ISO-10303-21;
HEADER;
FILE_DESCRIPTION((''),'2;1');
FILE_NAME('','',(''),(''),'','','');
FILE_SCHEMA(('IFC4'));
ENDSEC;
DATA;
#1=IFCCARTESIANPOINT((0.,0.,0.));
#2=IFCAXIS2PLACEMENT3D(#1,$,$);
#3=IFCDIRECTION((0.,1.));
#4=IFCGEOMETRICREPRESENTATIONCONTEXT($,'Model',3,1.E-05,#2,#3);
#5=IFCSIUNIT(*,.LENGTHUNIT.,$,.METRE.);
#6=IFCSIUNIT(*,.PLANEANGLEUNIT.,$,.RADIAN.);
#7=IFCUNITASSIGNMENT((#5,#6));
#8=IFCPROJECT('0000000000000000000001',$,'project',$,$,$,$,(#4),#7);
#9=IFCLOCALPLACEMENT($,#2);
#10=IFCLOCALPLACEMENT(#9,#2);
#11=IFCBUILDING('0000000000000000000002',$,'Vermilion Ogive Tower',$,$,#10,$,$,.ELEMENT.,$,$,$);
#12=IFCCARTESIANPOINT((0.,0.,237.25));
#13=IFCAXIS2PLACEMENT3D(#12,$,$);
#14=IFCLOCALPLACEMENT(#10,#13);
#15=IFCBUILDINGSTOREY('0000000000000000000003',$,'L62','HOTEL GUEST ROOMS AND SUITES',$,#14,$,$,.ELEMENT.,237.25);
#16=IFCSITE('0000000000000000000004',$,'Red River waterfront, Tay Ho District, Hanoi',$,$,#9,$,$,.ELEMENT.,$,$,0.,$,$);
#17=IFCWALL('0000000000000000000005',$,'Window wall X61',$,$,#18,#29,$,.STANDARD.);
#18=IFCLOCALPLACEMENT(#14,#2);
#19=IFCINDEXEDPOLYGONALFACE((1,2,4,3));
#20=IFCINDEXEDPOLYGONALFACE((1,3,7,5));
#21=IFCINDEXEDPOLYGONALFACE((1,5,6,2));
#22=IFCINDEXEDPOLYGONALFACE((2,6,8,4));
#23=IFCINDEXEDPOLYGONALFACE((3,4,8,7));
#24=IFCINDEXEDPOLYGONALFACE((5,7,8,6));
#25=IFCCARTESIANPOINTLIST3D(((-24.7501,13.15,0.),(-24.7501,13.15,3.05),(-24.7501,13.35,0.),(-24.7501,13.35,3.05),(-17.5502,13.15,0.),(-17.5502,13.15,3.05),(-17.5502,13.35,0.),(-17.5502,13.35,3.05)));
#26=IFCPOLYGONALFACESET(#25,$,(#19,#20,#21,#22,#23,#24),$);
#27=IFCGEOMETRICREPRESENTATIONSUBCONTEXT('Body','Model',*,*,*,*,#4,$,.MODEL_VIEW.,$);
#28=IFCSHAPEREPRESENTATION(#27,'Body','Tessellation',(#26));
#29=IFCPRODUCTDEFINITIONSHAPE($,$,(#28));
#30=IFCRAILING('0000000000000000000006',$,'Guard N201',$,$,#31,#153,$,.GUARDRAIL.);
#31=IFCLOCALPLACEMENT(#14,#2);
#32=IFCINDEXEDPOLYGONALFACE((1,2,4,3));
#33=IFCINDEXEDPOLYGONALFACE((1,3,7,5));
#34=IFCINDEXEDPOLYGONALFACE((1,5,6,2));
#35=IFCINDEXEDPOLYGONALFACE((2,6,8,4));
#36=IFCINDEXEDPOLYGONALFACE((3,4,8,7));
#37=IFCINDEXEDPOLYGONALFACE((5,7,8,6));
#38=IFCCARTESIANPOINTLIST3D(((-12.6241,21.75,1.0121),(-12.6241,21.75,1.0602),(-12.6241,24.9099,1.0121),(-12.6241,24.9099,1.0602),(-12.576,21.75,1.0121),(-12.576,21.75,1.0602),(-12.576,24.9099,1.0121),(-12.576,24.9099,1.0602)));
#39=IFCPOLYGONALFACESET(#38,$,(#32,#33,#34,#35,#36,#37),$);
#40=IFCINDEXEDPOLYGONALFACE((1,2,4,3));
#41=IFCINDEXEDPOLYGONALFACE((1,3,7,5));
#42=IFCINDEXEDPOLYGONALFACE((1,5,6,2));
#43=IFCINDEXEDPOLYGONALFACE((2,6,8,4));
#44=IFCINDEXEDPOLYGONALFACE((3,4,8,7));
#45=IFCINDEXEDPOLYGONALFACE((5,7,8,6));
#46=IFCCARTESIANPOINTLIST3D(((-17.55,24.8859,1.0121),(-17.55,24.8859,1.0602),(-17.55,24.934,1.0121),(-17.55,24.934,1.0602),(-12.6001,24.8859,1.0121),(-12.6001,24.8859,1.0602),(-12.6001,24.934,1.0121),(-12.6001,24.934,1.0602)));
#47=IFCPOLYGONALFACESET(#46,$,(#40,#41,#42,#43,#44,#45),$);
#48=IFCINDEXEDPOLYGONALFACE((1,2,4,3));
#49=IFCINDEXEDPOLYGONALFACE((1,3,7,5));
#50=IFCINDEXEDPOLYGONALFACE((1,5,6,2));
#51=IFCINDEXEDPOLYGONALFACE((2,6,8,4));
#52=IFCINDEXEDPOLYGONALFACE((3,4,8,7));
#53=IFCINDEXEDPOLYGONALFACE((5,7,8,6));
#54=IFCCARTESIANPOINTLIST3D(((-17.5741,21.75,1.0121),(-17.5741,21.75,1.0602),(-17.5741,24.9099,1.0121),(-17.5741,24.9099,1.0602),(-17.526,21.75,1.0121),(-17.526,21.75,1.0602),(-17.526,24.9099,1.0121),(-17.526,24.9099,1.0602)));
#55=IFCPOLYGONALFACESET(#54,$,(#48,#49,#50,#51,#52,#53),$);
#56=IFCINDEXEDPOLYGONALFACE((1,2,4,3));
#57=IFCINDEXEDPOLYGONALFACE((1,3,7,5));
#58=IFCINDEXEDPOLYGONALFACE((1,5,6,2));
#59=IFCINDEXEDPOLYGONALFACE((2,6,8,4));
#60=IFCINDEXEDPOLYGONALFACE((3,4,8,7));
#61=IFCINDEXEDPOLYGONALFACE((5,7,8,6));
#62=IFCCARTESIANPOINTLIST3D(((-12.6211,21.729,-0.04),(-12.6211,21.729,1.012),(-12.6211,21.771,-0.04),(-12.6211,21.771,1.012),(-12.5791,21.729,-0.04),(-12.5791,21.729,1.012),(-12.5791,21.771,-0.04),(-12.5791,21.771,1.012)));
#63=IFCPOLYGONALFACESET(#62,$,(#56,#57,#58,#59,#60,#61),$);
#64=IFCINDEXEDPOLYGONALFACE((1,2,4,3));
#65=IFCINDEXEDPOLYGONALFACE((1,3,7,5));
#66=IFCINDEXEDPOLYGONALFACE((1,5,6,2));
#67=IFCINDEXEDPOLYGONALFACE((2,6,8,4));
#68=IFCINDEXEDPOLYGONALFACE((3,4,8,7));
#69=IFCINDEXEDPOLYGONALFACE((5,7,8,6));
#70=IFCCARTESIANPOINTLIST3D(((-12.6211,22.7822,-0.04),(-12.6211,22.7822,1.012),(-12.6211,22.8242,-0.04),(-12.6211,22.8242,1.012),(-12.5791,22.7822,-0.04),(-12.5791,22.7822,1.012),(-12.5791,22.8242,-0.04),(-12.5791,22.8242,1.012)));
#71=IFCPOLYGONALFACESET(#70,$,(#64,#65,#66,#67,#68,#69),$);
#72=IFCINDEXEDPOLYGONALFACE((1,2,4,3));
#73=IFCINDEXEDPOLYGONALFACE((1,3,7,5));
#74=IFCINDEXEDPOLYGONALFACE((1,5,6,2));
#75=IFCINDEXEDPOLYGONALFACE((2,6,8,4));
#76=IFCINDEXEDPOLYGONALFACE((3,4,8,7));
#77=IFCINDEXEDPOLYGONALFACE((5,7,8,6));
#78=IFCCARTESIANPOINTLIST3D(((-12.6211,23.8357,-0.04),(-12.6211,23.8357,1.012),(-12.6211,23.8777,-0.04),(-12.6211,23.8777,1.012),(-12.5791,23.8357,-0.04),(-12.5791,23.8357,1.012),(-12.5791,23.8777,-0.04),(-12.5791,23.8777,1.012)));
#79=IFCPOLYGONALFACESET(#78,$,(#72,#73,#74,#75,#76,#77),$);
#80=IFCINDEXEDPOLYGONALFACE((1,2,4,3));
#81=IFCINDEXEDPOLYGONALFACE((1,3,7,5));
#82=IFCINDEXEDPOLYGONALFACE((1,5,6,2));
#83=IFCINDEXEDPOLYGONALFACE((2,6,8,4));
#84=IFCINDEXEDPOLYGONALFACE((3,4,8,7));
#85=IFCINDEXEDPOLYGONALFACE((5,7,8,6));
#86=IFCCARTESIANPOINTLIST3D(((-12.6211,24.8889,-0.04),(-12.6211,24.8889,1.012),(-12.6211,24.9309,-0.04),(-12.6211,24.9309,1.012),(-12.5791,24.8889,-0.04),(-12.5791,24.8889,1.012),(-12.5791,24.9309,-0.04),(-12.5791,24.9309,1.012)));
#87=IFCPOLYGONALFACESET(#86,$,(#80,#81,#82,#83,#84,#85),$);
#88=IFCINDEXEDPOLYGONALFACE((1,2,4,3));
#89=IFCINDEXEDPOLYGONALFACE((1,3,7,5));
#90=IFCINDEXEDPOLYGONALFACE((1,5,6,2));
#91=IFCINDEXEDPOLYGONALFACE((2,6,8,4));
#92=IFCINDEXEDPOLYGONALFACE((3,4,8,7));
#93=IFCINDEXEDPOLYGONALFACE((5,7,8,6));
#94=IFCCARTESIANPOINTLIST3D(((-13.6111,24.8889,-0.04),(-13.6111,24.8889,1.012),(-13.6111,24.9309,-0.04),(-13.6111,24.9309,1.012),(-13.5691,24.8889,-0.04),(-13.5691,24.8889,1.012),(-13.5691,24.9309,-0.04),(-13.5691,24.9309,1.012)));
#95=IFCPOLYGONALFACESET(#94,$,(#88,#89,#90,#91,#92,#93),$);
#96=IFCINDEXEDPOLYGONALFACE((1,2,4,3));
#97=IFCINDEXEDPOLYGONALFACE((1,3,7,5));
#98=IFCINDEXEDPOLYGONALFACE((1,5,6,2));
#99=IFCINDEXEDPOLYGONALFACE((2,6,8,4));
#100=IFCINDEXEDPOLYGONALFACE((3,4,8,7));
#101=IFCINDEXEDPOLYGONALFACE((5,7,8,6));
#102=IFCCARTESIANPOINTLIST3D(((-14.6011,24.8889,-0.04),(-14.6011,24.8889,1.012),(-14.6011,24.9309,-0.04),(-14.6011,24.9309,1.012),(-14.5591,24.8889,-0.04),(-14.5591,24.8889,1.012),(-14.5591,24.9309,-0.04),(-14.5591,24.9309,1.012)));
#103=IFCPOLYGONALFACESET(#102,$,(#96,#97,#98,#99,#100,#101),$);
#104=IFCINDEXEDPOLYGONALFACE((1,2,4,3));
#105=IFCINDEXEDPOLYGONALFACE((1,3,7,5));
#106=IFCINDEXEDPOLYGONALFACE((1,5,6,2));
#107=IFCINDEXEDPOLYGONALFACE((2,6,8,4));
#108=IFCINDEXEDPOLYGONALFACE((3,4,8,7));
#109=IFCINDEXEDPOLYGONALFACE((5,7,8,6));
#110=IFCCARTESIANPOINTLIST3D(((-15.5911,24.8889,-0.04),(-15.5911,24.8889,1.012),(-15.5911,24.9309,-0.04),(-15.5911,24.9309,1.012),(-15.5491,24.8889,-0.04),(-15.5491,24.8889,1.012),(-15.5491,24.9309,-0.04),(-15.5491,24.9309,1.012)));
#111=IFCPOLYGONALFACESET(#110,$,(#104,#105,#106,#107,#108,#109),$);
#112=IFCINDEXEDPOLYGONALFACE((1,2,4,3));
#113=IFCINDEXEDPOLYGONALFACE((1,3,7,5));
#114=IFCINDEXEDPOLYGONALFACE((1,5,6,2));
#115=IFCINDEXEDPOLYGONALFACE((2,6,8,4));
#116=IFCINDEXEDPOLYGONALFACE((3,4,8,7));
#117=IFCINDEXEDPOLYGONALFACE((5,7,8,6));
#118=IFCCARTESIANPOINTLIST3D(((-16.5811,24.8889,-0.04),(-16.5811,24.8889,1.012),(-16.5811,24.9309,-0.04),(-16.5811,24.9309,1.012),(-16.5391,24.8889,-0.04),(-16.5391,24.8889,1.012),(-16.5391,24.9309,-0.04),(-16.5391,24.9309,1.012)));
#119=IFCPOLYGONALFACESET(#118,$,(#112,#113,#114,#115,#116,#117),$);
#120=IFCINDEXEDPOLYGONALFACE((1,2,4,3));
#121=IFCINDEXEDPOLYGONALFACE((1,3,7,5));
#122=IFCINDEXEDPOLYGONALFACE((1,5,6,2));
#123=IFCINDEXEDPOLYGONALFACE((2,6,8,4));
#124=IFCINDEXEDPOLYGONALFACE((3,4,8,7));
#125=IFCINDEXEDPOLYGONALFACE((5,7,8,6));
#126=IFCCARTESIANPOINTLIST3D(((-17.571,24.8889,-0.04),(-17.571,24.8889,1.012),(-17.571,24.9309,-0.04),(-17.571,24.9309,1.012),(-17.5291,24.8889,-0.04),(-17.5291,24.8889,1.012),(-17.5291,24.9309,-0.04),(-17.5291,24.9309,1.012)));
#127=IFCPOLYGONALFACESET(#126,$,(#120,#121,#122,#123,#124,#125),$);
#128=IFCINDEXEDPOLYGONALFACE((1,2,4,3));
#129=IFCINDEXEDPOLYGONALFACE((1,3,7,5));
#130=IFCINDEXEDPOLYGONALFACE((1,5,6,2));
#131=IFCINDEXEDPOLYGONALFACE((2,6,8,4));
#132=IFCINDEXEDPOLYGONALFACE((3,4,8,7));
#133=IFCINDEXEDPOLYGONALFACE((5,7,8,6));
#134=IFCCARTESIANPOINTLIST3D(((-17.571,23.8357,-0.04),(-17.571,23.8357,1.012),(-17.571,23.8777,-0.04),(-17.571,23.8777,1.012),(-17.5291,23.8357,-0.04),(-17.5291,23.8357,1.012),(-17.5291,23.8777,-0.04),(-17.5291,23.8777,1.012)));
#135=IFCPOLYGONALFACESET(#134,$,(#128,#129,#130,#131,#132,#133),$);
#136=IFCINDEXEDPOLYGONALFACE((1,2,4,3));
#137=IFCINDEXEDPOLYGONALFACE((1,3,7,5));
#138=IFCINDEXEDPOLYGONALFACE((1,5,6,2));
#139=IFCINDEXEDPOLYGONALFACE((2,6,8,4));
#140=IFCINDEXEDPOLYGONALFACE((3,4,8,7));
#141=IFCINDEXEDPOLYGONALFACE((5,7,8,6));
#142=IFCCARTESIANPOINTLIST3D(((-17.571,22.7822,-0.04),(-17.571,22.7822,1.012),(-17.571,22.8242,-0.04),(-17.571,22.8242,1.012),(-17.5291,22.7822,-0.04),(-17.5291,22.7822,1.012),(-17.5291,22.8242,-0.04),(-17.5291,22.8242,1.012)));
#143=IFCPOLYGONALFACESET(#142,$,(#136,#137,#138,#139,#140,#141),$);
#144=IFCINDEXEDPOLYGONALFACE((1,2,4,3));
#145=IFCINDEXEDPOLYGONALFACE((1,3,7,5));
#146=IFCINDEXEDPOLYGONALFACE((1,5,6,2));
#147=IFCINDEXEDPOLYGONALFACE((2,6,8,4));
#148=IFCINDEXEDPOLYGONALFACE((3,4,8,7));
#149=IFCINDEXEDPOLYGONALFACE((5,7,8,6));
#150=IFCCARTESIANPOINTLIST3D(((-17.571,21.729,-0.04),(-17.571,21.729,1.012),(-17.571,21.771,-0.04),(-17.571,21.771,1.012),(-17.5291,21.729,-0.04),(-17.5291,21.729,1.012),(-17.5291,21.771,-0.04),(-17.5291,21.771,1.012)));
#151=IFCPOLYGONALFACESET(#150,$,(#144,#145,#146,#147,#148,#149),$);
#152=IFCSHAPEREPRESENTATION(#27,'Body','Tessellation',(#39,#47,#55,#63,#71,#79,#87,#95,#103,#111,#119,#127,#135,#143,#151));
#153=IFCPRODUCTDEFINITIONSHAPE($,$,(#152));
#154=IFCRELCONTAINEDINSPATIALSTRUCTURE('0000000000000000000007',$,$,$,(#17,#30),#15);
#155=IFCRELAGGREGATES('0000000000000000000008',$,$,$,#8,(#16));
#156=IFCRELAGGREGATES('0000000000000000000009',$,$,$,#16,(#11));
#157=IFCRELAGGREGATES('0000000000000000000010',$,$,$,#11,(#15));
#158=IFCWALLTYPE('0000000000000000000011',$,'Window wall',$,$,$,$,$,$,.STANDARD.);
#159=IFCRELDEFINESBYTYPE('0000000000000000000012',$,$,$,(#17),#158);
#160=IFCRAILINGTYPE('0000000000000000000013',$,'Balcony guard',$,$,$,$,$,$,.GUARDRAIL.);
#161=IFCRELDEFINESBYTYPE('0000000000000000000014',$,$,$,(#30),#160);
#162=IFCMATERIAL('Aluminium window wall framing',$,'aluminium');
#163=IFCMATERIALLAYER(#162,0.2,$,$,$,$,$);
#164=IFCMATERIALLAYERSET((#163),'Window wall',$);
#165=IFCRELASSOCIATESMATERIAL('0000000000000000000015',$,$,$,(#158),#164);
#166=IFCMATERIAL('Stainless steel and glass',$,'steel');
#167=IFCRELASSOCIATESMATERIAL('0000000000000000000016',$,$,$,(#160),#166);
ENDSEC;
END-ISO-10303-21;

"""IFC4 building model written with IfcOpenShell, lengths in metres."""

from ifc_helpers import new_model, si_unit, direction, frame, frame_2d, origin, origin_2d, place, context, subcontext, project, spatial, rectangle, extrude, material, layer, layer_set, type_object, element, save


model = new_model("IFC4")

# Units and contexts
model_context = context("Model", 3, precision=1e-05, world=origin(), true_north=direction((0.0, 1.0)))
body_context = subcontext(model_context, "Body", "Model", "MODEL_VIEW")
ifc_project = project(units=[si_unit("LENGTHUNIT", "METRE"), si_unit("PLANEANGLEUNIT", "RADIAN")], contexts=[model_context])

# Site, building, storey
site_placement = place(None, origin())
site = spatial("IfcSite", under=ifc_project, at=site_placement, Name="Red River waterfront, Tay Ho District, Hanoi", CompositionType="ELEMENT", RefElevation=0.0)
building_placement = place(site_placement, origin())
building = spatial("IfcBuilding", under=site, at=building_placement, Name="Vermilion Ogive Tower", CompositionType="ELEMENT")
storey_placement = place(building_placement, frame((0.0, 0.0, 237.25)))
storey = spatial("IfcBuildingStorey", under=building, at=storey_placement, Name="L62", Description="HOTEL GUEST ROOMS AND SUITES", CompositionType="ELEMENT", Elevation=237.25)

# Shared definitions
ifc_material_1 = material(Name="Aluminium window wall framing", Category="aluminium")
ifc_layer_1 = layer(ifc_material_1, 0.2)
ifc_layer_set_1 = layer_set([ifc_layer_1], Name="Window wall")
wall_type_1 = type_object("IfcWallType", Name="Window wall", PredefinedType="STANDARD", material=ifc_layer_set_1)

# Wall
wall_1_placement = place(storey_placement, frame((-17.55, 13.25, 0.0), z_axis=(0.0, 0.0, 1.0), x_axis=(-1.0, 0.0, 0.0)))
element("IfcWall", 1, at=wall_1_placement, inside=storey, type_object=wall_type_1, Name="Window wall X61", PredefinedType="STANDARD", context=body_context, shape_type="SweptSolid", body=[
    extrude(rectangle(XDim=7.2, YDim=0.2, at=frame_2d((3.6001, 0.0))), origin(), (0.0, 0.0, 1.0), 3.05),
])

# Railing
ifc_material_2 = material(Name="Stainless steel and glass", Category="steel")
railing_type = type_object("IfcRailingType", Name="Balcony guard", PredefinedType="GUARDRAIL", material=ifc_material_2)
railing_1_placement = place(storey_placement, frame((-12.6001, 21.75, -0.04)))
element("IfcRailing", 2, at=railing_1_placement, inside=storey, type_object=railing_type, Name="Guard N201", PredefinedType="GUARDRAIL", context=body_context, shape_type="SweptSolid", body=[
    extrude(rectangle(XDim=0.0481, YDim=0.0481, at=origin_2d()), frame((0.0, 0.0, 1.0762), z_axis=(0.0, 1.0, 0.0), x_axis=(-1.0, 0.0, 0.0)), (0.0, 0.0, 1.0), 3.1599),
    extrude(rectangle(XDim=0.0481, YDim=0.0481, at=origin_2d()), frame((0.0, 3.1599, 1.0762), z_axis=(-1.0, 0.0, 0.0), x_axis=(0.0, -1.0, 0.0)), (0.0, 0.0, 1.0), 4.95),
    extrude(rectangle(XDim=0.0481, YDim=0.0481, at=origin_2d()), frame((-4.95, 3.1599, 1.0762), z_axis=(0.0, -1.0, 0.0), x_axis=(1.0, 0.0, 0.0)), (0.0, 0.0, 1.0), 3.1599),
    extrude(rectangle(XDim=0.042, YDim=0.042, at=origin_2d()), origin(), (0.0, 0.0, 1.0), 1.052),
    extrude(rectangle(XDim=0.042, YDim=0.042, at=origin_2d()), frame((0.0, 1.0532, 0.0)), (0.0, 0.0, 1.0), 1.052),
    extrude(rectangle(XDim=0.042, YDim=0.042, at=origin_2d()), frame((0.0, 2.1067, 0.0)), (0.0, 0.0, 1.0), 1.052),
    extrude(rectangle(XDim=0.042, YDim=0.042, at=origin_2d()), frame((0.0, 3.1599, 0.0)), (0.0, 0.0, 1.0), 1.052),
    extrude(rectangle(XDim=0.042, YDim=0.042, at=origin_2d()), frame((-0.99, 3.1599, 0.0)), (0.0, 0.0, 1.0), 1.052),
    extrude(rectangle(XDim=0.042, YDim=0.042, at=origin_2d()), frame((-1.98, 3.1599, 0.0)), (0.0, 0.0, 1.0), 1.052),
    extrude(rectangle(XDim=0.042, YDim=0.042, at=origin_2d()), frame((-2.97, 3.1599, 0.0)), (0.0, 0.0, 1.0), 1.052),
    extrude(rectangle(XDim=0.042, YDim=0.042, at=origin_2d()), frame((-3.96, 3.1599, 0.0)), (0.0, 0.0, 1.0), 1.052),
    extrude(rectangle(XDim=0.042, YDim=0.042, at=origin_2d()), frame((-4.95, 3.1599, 0.0)), (0.0, 0.0, 1.0), 1.052),
    extrude(rectangle(XDim=0.042, YDim=0.042, at=origin_2d()), frame((-4.95, 2.1067, 0.0)), (0.0, 0.0, 1.0), 1.052),
    extrude(rectangle(XDim=0.042, YDim=0.042, at=origin_2d()), frame((-4.95, 1.0532, 0.0)), (0.0, 0.0, 1.0), 1.052),
    extrude(rectangle(XDim=0.042, YDim=0.042, at=origin_2d()), frame((-4.95, 0.0, 0.0)), (0.0, 0.0, 1.0), 1.052),
])

save(model, "model.ifc")
